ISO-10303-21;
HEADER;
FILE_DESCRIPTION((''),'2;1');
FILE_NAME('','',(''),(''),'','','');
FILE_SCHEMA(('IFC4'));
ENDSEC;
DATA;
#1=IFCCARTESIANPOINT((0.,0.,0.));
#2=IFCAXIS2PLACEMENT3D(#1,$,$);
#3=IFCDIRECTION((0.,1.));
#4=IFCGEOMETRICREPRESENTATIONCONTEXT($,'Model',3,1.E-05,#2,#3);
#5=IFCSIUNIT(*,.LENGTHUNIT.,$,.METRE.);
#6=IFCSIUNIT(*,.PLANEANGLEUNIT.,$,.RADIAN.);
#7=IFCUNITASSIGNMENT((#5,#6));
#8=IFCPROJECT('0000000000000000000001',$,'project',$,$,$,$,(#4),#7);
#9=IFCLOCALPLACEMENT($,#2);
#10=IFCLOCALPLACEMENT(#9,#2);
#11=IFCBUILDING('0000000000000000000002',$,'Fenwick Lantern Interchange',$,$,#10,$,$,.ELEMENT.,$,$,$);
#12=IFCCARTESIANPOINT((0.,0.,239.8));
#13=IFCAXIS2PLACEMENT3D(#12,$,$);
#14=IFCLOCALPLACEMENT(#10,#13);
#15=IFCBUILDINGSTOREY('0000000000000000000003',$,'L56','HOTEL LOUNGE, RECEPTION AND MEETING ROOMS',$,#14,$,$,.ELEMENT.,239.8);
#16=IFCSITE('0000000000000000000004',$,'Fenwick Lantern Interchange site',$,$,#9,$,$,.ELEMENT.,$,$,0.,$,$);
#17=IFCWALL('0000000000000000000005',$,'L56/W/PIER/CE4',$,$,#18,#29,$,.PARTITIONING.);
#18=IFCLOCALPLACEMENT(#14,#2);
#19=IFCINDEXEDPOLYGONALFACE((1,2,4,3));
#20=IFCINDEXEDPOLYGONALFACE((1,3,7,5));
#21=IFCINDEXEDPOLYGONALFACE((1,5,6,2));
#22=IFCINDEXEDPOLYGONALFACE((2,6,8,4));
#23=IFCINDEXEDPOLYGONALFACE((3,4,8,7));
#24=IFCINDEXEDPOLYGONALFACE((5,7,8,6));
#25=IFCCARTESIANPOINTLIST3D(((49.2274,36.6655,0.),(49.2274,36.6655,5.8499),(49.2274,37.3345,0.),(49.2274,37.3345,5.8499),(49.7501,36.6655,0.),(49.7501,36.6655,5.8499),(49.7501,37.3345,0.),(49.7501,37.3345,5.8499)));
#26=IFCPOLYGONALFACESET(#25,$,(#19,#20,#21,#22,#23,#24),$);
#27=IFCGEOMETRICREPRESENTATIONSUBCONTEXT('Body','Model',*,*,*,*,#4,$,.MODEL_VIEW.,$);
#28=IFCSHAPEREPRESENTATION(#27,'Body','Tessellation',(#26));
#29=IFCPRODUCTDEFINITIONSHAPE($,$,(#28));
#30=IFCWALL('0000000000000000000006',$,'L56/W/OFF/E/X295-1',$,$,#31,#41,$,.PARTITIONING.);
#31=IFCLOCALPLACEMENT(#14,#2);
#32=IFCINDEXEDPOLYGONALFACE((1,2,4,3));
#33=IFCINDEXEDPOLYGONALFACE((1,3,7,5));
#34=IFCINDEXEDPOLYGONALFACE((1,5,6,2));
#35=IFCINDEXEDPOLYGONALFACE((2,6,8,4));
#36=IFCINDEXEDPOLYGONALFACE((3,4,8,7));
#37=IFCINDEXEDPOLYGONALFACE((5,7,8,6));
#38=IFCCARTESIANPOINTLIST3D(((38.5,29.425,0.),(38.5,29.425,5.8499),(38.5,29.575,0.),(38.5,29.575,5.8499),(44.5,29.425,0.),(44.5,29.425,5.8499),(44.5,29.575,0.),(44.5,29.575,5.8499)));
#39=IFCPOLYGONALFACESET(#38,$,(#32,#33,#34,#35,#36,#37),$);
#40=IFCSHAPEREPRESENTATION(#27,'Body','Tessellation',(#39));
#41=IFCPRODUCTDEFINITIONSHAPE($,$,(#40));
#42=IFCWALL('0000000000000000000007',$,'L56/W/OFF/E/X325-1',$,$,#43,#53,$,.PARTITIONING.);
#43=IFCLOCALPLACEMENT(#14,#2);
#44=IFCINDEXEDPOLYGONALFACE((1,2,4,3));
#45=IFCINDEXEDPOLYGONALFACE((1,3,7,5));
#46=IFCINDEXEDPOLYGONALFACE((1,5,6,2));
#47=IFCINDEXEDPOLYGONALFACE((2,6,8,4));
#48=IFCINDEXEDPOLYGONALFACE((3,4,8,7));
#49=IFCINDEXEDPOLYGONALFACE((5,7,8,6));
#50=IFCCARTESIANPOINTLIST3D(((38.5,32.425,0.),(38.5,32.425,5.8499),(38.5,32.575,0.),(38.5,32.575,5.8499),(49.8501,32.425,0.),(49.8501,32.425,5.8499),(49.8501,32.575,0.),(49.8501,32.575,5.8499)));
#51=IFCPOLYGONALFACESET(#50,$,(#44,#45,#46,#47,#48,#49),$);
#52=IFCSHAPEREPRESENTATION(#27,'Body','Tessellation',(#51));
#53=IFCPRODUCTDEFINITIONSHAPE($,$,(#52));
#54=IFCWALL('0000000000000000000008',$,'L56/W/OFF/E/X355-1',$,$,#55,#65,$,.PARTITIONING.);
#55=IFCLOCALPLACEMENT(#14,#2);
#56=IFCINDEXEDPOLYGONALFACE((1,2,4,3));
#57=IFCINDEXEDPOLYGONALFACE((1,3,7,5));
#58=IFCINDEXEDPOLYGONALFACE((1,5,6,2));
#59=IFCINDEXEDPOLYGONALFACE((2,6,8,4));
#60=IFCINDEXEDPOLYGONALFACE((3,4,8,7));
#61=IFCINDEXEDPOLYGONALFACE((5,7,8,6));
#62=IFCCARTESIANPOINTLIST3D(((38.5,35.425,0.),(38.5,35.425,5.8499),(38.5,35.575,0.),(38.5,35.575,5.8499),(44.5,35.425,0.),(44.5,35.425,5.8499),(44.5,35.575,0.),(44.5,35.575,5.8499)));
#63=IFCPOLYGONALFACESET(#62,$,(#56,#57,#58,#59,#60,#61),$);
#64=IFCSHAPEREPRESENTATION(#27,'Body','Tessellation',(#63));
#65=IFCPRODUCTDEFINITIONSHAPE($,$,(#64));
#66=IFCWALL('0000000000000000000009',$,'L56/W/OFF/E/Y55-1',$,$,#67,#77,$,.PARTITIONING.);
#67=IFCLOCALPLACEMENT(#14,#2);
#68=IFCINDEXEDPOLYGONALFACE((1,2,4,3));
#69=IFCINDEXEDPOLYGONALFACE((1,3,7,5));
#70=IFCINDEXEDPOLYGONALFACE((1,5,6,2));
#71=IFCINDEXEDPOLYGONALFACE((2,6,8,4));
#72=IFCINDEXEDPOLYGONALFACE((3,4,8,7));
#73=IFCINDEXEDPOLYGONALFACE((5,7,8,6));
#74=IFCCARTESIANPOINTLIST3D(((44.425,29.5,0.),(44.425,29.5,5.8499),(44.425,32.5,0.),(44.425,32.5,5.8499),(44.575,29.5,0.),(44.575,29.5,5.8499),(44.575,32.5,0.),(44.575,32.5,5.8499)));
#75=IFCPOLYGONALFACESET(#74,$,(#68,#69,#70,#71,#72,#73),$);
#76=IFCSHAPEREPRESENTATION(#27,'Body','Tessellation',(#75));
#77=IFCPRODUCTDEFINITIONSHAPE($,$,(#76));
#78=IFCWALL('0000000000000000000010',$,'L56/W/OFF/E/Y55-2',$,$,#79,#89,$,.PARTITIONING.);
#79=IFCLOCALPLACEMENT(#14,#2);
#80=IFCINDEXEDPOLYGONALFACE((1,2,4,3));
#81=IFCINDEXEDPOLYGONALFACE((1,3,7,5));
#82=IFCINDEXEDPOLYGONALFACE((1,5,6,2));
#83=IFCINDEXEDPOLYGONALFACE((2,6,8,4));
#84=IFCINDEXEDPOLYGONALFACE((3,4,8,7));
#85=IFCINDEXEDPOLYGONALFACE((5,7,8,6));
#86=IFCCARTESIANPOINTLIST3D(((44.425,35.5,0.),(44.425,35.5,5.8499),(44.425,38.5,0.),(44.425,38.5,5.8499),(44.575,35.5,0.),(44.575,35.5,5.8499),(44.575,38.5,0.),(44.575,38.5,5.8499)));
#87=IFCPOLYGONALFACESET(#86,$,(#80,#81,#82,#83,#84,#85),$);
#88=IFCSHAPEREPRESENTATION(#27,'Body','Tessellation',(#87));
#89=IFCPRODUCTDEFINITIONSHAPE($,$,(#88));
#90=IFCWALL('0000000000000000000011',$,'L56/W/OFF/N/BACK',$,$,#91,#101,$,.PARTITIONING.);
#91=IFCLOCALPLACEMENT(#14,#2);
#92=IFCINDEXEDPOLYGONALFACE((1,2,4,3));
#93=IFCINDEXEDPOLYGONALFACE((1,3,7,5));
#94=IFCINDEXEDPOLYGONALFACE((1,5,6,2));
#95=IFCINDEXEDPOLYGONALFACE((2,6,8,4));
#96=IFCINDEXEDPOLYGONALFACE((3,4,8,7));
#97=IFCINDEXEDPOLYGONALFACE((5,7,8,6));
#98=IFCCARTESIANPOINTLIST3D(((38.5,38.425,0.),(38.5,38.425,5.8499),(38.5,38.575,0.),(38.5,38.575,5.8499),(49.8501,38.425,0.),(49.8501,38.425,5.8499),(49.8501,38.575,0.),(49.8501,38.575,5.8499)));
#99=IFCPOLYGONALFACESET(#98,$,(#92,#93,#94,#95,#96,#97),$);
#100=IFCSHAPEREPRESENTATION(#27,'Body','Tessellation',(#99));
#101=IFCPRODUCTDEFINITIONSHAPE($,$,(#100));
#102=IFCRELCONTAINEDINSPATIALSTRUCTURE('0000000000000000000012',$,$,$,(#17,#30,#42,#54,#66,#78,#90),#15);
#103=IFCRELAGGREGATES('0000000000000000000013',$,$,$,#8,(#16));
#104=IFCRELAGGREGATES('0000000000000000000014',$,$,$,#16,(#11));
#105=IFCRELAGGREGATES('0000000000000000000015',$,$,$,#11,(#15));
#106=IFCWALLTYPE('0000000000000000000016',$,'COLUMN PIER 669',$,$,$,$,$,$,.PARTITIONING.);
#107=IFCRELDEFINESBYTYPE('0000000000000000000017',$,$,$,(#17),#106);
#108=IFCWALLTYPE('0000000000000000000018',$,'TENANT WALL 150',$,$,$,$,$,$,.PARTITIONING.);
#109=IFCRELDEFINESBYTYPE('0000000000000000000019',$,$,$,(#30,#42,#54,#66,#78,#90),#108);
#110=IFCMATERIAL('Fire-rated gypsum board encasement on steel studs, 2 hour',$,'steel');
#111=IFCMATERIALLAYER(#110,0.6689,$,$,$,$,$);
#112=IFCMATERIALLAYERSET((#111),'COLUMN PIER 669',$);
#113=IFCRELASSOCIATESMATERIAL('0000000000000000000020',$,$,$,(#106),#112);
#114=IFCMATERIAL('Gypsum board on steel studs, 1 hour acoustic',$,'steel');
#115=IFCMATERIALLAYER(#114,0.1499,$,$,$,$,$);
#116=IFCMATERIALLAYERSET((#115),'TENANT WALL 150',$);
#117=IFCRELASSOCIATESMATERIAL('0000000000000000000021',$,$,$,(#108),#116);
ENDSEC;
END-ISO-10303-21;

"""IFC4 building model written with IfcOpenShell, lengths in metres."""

from ifc_helpers import new_model, si_unit, direction, frame, frame_2d, origin, place, context, subcontext, project, spatial, rectangle, extrude, material, layer, layer_set, type_object, element, save


model = new_model("IFC4")

# Units and contexts
model_context = context("Model", 3, precision=1e-05, world=origin(), true_north=direction((0.0, 1.0)))
body_context = subcontext(model_context, "Body", "Model", "MODEL_VIEW")
ifc_project = project(units=[si_unit("LENGTHUNIT", "METRE"), si_unit("PLANEANGLEUNIT", "RADIAN")], contexts=[model_context])

# Site, building, storey
site_placement = place(None, origin())
site = spatial("IfcSite", under=ifc_project, at=site_placement, Name="Fenwick Lantern Interchange site", CompositionType="ELEMENT", RefElevation=0.0)
building_placement = place(site_placement, origin())
building = spatial("IfcBuilding", under=site, at=building_placement, Name="Fenwick Lantern Interchange", CompositionType="ELEMENT")
storey_placement = place(building_placement, frame((0.0, 0.0, 239.8)))
storey = spatial("IfcBuildingStorey", under=building, at=storey_placement, Name="L56", Description="HOTEL LOUNGE, RECEPTION AND MEETING ROOMS", CompositionType="ELEMENT", Elevation=239.8)

# Walls
ifc_material_1 = material(Name="Fire-rated gypsum board encasement on steel studs, 2 hour", Category="steel")
ifc_layer_1 = layer(ifc_material_1, 0.6689)
ifc_layer_set_1 = layer_set([ifc_layer_1], Name="COLUMN PIER 669")
wall_type_1 = type_object("IfcWallType", Name="COLUMN PIER 669", PredefinedType="PARTITIONING", material=ifc_layer_set_1)
wall_1_placement = place(storey_placement, frame((49.75, 37.0, 0.0), z_axis=(0.0, 0.0, 1.0), x_axis=(-1.0, 0.0, 0.0)))
element("IfcWall", 1, at=wall_1_placement, inside=storey, type_object=wall_type_1, Name="L56/W/PIER/CE4", PredefinedType="PARTITIONING", context=body_context, shape_type="SweptSolid", body=[
    extrude(rectangle(XDim=0.5227, YDim=0.6689, at=frame_2d((0.2612, 0.0))), origin(), (0.0, 0.0, 1.0), 5.8499),
])
ifc_material_2 = material(Name="Gypsum board on steel studs, 1 hour acoustic", Category="steel")
ifc_layer_2 = layer(ifc_material_2, 0.1499)
ifc_layer_set_2 = layer_set([ifc_layer_2], Name="TENANT WALL 150")
wall_type_2 = type_object("IfcWallType", Name="TENANT WALL 150", PredefinedType="PARTITIONING", material=ifc_layer_set_2)
wall_2_placement = place(storey_placement, frame((44.5, 29.5, 0.0), z_axis=(0.0, 0.0, 1.0), x_axis=(-1.0, 0.0, 0.0)))
element("IfcWall", 2, at=wall_2_placement, inside=storey, type_object=wall_type_2, Name="L56/W/OFF/E/X295-1", PredefinedType="PARTITIONING", context=body_context, shape_type="SweptSolid", body=[
    extrude(rectangle(XDim=6.0, YDim=0.1499, at=frame_2d((3.0, 0.0))), origin(), (0.0, 0.0, 1.0), 5.8499),
])
wall_3_placement = place(storey_placement, frame((49.8501, 32.5, 0.0), z_axis=(0.0, 0.0, 1.0), x_axis=(-1.0, 0.0, 0.0)))
element("IfcWall", 3, at=wall_3_placement, inside=storey, type_object=wall_type_2, Name="L56/W/OFF/E/X325-1", PredefinedType="PARTITIONING", context=body_context, shape_type="SweptSolid", body=[
    extrude(rectangle(XDim=11.3501, YDim=0.1499, at=frame_2d((5.675, 0.0))), origin(), (0.0, 0.0, 1.0), 5.8499),
])
wall_4_placement = place(storey_placement, frame((44.5, 35.5, 0.0), z_axis=(0.0, 0.0, 1.0), x_axis=(-1.0, 0.0, 0.0)))
element("IfcWall", 4, at=wall_4_placement, inside=storey, type_object=wall_type_2, Name="L56/W/OFF/E/X355-1", PredefinedType="PARTITIONING", context=body_context, shape_type="SweptSolid", body=[
    extrude(rectangle(XDim=6.0, YDim=0.1499, at=frame_2d((3.0, 0.0))), origin(), (0.0, 0.0, 1.0), 5.8499),
])
for number, where, z_axis, x_axis, name in (
    (5, (44.5, 29.5, 0.0), (0.0, 0.0, 1.0), (0.0, 1.0, 0.0), "L56/W/OFF/E/Y55-1"),
    (6, (44.5, 35.5, 0.0), (0.0, 0.0, 1.0), (0.0, 1.0, 0.0), "L56/W/OFF/E/Y55-2"),
):
    element("IfcWall", number, at=place(storey_placement, frame(where, z_axis=z_axis, x_axis=x_axis)), inside=storey, type_object=wall_type_2, Name=name, PredefinedType="PARTITIONING", context=body_context, shape_type="SweptSolid", body=[
        extrude(rectangle(XDim=3.0, YDim=0.1499, at=frame_2d((1.5, 0.0))), origin(), (0.0, 0.0, 1.0), 5.8499),
    ])
wall_5_placement = place(storey_placement, frame((49.8501, 38.5, 0.0), z_axis=(0.0, 0.0, 1.0), x_axis=(-1.0, 0.0, 0.0)))
element("IfcWall", 7, at=wall_5_placement, inside=storey, type_object=wall_type_2, Name="L56/W/OFF/N/BACK", PredefinedType="PARTITIONING", context=body_context, shape_type="SweptSolid", body=[
    extrude(rectangle(XDim=11.3501, YDim=0.1499, at=frame_2d((5.675, 0.0))), origin(), (0.0, 0.0, 1.0), 5.8499),
])

save(model, "model.ifc")
